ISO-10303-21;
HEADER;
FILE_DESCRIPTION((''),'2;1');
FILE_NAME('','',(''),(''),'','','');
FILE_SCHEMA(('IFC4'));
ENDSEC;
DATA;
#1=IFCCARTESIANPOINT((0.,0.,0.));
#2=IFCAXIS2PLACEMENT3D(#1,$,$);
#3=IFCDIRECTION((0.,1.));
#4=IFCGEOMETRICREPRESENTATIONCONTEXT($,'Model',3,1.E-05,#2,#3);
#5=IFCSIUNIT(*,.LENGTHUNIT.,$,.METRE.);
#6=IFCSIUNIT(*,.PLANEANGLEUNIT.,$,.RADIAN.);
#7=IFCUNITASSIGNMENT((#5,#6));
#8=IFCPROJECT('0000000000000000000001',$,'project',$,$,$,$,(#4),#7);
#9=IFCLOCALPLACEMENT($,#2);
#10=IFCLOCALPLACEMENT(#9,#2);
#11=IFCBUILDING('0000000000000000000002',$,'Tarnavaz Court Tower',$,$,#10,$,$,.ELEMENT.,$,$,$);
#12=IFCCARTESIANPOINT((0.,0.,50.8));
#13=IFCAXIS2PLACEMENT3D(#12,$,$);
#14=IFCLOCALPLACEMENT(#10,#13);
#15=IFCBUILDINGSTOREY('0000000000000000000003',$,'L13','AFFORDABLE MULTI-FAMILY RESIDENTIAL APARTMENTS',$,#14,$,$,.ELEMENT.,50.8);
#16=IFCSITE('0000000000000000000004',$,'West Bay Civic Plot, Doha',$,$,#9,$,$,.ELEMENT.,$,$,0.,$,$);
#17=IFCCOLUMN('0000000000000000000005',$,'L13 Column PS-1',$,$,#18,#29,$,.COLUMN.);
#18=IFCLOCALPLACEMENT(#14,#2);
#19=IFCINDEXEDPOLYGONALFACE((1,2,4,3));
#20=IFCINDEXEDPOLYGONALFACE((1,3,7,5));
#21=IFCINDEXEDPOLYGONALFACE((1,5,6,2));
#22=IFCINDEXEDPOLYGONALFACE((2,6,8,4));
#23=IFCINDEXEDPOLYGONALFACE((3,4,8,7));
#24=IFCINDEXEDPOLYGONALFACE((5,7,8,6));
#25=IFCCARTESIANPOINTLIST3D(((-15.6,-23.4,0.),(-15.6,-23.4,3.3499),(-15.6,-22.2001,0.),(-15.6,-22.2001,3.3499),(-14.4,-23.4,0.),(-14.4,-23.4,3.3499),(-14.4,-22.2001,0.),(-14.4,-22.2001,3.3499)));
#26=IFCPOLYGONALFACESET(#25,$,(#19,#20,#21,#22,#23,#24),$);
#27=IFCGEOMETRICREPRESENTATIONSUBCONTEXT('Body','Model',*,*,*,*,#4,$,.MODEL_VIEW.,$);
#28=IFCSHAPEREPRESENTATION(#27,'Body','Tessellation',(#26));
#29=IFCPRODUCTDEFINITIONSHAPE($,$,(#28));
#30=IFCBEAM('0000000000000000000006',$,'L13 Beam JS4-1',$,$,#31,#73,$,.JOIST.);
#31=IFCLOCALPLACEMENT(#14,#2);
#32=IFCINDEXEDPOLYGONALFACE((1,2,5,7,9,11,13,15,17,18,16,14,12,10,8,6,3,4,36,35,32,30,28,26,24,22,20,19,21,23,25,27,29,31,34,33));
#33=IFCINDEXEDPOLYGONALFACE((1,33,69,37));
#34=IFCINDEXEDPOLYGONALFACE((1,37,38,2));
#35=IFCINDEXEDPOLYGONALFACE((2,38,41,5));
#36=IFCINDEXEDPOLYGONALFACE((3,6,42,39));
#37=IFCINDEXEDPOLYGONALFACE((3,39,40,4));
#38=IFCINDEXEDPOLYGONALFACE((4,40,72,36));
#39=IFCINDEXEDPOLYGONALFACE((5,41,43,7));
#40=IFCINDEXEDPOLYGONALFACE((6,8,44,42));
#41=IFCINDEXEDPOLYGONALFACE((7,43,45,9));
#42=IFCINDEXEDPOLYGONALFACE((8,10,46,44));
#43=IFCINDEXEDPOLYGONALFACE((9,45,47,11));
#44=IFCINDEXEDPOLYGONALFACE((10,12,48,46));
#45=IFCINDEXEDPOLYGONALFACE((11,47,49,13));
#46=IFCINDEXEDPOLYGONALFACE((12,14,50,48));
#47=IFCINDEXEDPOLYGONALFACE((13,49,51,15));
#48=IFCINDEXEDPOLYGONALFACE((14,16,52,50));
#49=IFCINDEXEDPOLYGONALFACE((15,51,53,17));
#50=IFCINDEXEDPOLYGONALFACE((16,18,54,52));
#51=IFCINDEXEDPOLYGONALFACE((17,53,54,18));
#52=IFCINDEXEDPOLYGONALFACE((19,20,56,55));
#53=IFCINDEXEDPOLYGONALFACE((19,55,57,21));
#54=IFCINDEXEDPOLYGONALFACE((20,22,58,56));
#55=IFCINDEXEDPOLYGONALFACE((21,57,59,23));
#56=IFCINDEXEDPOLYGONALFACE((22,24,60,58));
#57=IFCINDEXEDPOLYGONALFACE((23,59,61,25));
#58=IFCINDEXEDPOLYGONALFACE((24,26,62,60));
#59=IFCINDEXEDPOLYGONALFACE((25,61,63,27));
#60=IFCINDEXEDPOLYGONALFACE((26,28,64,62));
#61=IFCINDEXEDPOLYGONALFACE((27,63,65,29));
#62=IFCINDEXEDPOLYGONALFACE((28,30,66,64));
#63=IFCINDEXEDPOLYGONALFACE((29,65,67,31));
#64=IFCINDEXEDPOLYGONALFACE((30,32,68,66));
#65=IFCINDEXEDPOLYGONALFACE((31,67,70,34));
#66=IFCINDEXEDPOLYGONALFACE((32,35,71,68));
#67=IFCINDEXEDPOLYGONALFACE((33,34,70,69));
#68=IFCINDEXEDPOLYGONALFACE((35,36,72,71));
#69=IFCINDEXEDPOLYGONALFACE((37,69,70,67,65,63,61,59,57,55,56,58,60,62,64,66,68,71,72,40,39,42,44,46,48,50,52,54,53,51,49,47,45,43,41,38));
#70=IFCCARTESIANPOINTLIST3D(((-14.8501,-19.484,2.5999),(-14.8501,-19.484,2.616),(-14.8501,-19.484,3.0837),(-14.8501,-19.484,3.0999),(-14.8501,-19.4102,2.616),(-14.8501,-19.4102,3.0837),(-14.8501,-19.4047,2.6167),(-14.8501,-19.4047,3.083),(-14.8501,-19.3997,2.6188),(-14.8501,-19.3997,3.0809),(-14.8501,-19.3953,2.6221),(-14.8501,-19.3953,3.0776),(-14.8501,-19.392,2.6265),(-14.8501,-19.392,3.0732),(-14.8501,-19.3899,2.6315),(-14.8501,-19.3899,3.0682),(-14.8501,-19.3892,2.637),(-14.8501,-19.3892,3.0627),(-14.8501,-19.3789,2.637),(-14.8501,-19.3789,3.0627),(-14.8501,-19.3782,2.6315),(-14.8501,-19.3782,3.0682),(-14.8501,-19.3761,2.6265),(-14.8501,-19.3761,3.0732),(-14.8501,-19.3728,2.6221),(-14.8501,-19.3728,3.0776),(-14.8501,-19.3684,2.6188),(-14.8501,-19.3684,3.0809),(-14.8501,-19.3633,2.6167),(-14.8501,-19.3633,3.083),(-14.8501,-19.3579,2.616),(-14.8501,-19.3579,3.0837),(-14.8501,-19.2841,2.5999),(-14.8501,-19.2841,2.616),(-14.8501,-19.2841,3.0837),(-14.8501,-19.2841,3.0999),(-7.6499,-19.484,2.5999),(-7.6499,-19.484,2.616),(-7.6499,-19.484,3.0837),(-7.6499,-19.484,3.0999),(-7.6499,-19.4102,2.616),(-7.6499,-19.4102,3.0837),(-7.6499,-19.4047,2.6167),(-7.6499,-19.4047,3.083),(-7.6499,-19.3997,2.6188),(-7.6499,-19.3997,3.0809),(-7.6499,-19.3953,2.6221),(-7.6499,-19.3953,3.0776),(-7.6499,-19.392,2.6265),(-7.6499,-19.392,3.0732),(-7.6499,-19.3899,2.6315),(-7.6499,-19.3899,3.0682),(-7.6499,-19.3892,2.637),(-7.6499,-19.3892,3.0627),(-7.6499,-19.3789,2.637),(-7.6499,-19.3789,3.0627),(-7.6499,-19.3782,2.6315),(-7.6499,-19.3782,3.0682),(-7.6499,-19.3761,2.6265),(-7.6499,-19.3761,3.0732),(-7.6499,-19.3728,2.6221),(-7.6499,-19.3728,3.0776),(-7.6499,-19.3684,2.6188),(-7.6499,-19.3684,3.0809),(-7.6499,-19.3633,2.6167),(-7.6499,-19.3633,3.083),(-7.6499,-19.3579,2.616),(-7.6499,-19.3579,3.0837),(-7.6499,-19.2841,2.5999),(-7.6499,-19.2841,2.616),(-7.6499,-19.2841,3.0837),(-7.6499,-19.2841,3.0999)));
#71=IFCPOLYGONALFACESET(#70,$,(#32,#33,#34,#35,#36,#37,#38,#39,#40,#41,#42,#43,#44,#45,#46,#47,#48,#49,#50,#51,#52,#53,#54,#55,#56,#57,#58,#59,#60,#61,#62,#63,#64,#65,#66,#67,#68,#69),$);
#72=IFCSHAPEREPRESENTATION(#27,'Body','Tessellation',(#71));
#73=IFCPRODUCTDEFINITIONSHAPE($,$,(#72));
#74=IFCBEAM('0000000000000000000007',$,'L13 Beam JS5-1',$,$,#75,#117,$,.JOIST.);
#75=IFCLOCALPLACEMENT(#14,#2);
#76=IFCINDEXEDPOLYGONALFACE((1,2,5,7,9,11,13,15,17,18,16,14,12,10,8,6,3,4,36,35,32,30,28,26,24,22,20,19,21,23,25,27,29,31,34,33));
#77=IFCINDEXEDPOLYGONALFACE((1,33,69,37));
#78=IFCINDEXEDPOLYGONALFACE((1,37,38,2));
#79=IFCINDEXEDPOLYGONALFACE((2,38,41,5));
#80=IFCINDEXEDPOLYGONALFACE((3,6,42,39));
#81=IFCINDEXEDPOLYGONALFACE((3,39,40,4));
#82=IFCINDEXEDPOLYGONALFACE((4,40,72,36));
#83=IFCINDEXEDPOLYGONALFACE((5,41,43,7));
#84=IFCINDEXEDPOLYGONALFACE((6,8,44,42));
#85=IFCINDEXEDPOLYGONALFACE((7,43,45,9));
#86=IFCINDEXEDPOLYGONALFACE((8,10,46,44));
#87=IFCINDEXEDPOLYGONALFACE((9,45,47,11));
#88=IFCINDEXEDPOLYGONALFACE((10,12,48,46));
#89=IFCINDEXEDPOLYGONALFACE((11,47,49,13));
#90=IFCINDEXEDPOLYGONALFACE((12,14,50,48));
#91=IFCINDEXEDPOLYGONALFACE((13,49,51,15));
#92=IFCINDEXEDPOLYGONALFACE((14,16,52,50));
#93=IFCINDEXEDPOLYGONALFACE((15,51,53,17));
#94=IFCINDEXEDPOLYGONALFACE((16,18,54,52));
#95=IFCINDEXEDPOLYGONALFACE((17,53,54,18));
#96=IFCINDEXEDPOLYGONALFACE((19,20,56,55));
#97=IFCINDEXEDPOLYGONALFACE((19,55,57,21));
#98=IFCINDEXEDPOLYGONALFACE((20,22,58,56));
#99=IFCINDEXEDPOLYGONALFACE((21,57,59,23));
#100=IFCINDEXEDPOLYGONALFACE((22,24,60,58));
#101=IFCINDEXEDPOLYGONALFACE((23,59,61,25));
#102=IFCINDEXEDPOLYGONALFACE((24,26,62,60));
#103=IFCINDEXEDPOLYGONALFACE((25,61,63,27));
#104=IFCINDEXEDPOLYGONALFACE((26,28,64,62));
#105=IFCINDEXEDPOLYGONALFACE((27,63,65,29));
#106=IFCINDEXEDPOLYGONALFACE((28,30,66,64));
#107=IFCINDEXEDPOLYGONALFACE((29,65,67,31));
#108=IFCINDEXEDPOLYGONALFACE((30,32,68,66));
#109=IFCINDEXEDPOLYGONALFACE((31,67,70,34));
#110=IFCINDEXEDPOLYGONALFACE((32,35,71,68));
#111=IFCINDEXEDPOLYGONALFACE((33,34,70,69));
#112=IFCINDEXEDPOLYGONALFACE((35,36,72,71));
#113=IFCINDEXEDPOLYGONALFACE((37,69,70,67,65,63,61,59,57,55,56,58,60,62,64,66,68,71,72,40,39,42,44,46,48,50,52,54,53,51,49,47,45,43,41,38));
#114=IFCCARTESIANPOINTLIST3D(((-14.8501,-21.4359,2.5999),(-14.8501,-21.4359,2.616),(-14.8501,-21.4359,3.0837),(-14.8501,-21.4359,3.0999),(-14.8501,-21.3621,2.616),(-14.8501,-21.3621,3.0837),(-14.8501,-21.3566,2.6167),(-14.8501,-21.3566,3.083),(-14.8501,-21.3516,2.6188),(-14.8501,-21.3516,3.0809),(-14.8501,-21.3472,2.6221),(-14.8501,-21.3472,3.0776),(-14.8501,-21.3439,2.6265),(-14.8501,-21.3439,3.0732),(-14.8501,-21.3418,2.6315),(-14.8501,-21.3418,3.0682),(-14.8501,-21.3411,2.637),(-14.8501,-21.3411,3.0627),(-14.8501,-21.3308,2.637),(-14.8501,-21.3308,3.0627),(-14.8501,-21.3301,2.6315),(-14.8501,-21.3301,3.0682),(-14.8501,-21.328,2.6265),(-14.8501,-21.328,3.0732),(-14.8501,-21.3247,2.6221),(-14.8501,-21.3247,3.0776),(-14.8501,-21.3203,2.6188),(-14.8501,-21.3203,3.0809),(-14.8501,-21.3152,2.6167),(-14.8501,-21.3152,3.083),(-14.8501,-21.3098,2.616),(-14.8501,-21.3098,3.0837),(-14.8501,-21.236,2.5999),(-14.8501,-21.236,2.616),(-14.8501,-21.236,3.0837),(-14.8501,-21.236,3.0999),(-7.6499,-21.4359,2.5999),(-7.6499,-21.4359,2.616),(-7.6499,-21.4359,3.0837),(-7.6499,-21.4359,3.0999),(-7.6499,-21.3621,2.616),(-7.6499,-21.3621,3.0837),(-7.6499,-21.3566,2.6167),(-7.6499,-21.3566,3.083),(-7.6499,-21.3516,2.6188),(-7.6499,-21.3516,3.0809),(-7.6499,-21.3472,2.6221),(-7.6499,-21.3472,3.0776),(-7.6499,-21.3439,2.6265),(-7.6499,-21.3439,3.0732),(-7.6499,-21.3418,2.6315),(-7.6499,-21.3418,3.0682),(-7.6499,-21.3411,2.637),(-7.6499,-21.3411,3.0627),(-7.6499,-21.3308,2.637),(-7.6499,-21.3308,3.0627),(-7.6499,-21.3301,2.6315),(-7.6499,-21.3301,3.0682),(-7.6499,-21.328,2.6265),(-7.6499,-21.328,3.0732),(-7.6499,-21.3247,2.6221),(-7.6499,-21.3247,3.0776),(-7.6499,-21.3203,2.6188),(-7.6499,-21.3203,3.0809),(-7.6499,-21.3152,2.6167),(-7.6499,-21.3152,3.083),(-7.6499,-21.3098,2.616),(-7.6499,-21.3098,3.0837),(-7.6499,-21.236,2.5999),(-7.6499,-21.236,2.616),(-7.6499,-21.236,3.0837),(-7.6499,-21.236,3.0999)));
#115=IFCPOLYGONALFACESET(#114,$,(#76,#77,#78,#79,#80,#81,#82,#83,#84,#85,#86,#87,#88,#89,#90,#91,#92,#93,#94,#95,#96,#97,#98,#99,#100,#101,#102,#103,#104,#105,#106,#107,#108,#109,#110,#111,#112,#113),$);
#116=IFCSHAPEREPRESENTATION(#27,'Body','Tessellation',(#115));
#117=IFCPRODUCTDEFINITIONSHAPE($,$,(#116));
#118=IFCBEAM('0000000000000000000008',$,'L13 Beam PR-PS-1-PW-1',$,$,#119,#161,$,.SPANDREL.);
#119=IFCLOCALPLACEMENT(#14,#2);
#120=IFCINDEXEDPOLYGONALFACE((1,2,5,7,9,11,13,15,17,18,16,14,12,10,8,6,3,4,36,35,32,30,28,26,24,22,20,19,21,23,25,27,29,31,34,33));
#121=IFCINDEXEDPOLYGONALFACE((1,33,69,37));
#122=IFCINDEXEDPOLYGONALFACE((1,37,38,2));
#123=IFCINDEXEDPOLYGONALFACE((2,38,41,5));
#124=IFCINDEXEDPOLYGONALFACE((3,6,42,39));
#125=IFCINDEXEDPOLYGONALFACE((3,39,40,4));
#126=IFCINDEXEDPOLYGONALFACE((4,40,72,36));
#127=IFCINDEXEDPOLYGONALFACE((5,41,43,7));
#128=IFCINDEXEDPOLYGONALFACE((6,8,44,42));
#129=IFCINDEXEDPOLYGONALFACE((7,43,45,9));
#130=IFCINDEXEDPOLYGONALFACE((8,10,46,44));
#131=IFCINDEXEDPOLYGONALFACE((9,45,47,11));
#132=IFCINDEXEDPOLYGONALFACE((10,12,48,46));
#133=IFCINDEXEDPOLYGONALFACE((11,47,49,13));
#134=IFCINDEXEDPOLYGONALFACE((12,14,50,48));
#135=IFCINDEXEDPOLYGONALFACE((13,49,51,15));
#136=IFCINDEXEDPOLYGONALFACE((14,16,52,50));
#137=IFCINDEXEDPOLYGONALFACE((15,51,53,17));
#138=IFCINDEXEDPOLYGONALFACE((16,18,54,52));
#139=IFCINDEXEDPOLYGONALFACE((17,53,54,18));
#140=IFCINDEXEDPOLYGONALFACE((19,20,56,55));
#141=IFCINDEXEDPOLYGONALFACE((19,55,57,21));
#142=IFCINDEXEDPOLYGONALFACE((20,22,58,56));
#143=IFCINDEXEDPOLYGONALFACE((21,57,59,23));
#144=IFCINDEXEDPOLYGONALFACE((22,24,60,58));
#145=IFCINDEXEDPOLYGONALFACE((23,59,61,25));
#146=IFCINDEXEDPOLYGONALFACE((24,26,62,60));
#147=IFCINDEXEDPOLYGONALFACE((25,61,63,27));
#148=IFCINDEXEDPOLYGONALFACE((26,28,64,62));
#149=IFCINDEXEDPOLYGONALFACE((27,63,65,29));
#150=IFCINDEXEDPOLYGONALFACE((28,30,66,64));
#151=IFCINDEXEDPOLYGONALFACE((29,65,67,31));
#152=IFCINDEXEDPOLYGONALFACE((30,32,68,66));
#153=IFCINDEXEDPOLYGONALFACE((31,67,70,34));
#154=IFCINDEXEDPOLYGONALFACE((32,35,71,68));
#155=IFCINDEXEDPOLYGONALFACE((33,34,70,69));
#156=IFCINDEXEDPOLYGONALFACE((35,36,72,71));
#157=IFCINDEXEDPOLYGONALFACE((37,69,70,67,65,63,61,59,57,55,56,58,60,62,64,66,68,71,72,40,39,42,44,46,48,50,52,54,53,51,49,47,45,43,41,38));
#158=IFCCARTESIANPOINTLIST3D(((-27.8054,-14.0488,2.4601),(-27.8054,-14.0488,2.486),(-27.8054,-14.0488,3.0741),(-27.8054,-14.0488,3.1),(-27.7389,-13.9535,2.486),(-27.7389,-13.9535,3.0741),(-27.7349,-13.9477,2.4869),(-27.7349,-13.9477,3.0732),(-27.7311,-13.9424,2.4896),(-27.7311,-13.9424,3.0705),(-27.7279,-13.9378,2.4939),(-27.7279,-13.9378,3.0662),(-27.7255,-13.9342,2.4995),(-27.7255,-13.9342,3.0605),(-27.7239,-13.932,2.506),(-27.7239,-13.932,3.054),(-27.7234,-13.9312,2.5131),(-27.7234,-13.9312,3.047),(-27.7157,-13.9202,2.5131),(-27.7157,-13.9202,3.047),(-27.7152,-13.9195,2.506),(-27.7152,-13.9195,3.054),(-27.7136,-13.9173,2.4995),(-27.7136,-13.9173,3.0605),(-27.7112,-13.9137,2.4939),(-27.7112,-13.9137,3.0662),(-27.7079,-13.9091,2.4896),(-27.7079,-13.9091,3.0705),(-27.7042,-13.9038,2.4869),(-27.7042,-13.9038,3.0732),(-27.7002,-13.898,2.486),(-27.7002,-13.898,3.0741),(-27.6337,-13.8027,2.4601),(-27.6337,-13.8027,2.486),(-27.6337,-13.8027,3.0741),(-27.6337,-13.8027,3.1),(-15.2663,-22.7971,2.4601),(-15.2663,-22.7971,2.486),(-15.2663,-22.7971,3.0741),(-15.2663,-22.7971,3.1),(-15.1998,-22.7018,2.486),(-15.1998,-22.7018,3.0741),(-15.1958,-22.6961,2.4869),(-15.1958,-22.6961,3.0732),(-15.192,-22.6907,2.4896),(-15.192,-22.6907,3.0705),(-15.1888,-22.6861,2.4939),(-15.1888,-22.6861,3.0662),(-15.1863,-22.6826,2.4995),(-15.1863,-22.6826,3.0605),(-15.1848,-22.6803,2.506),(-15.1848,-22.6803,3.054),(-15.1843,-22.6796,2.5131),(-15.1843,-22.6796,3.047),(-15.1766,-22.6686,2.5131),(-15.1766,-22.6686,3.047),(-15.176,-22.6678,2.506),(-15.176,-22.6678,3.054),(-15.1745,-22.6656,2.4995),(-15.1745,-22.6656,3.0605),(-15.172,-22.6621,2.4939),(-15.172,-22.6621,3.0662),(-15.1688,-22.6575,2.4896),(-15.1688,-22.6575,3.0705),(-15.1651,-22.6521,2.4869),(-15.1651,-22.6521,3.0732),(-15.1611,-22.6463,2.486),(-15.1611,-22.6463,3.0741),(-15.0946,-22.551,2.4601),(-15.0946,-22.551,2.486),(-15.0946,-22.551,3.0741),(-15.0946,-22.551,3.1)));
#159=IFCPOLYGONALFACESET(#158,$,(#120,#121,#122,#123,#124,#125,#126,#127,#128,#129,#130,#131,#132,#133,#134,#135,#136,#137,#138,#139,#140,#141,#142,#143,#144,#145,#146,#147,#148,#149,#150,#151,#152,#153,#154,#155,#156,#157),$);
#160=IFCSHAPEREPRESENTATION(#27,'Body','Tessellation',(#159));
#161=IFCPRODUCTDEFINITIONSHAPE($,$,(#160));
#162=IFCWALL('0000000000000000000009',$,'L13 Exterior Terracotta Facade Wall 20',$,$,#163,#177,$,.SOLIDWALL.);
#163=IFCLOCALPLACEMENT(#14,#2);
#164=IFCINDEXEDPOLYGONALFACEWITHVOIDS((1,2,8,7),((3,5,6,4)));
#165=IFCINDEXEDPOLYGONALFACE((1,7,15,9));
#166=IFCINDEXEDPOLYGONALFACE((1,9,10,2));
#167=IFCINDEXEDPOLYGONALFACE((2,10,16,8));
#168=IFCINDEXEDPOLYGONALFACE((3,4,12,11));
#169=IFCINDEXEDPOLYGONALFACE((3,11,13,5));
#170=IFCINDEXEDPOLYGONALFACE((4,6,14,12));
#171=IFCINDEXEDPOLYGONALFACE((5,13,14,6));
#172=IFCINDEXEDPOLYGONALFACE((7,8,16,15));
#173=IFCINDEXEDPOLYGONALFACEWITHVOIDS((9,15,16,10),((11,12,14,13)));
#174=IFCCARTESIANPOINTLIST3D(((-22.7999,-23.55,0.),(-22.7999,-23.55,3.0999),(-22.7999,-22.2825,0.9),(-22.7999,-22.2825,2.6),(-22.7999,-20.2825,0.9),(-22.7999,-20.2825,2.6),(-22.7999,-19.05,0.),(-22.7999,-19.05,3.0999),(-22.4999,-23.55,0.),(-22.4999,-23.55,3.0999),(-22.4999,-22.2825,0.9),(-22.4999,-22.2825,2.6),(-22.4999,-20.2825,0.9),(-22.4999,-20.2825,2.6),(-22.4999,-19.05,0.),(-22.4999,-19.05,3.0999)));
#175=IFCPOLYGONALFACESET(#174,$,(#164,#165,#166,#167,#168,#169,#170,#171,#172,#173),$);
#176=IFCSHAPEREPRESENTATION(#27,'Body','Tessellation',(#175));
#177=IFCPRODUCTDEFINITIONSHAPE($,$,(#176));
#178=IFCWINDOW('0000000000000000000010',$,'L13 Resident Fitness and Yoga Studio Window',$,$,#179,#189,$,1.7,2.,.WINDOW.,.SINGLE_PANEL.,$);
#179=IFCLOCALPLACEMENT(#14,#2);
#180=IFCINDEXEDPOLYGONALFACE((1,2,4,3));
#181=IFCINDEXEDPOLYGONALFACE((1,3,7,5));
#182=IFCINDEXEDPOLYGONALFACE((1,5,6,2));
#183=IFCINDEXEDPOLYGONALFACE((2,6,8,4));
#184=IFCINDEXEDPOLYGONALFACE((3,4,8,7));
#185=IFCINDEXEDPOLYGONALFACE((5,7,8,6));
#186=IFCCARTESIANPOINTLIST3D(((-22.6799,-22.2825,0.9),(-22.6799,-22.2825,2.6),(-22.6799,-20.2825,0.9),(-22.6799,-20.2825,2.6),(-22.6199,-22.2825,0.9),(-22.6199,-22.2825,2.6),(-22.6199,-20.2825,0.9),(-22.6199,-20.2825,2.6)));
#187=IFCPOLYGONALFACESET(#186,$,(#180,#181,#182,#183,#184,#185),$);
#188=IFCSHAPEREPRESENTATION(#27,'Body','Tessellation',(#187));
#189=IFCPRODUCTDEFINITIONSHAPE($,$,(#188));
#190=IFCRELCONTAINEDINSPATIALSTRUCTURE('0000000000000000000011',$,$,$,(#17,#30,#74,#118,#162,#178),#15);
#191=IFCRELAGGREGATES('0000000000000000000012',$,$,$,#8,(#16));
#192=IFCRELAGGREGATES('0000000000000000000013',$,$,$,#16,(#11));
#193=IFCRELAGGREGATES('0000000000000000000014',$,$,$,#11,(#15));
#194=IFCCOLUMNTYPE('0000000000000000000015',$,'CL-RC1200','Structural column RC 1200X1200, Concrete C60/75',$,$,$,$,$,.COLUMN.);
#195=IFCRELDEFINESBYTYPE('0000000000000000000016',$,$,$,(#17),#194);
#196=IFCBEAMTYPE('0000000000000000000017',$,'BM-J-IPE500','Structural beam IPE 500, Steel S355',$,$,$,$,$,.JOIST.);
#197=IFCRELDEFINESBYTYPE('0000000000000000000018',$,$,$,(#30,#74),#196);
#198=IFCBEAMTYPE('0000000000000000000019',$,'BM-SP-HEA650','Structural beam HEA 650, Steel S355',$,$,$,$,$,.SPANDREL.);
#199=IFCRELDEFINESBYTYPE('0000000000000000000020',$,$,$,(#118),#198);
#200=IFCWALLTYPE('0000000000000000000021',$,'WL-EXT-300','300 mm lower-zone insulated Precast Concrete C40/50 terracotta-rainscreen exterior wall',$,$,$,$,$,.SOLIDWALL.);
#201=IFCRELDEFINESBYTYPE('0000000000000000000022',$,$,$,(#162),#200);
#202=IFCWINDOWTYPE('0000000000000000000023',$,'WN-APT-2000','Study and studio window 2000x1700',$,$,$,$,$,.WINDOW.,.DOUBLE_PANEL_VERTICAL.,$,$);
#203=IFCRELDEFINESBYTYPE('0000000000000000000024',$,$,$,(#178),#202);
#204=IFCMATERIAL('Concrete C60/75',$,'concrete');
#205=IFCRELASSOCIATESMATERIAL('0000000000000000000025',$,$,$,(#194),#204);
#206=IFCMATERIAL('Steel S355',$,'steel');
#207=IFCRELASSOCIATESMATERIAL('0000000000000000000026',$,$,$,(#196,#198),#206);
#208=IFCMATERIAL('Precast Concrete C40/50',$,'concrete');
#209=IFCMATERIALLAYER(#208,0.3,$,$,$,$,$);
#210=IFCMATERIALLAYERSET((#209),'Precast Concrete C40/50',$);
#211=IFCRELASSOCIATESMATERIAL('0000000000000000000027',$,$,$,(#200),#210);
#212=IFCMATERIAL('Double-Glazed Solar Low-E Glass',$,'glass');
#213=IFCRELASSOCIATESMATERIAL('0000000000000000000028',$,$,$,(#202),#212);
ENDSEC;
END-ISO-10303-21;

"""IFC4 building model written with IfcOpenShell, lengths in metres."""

from ifc_helpers import new_model, si_unit, direction, frame, frame_2d, origin, origin_2d, place, context, subcontext, project, spatial, rectangle, i_section, extrude, material, layer, layer_set, material_profile, profile_set, type_object, element, fill, save


model = new_model("IFC4")

# Units and contexts
model_context = context("Model", 3, precision=1e-05, world=origin(), true_north=direction((0.0, 1.0)))
body_context = subcontext(model_context, "Body", "Model", "MODEL_VIEW")
ifc_project = project(units=[si_unit("LENGTHUNIT", "METRE"), si_unit("PLANEANGLEUNIT", "RADIAN")], contexts=[model_context])

# Site, building, storey
site_placement = place(None, origin())
site = spatial("IfcSite", under=ifc_project, at=site_placement, Name="West Bay Civic Plot, Doha", CompositionType="ELEMENT", RefElevation=0.0)
building_placement = place(site_placement, origin())
building = spatial("IfcBuilding", under=site, at=building_placement, Name="Tarnavaz Court Tower", CompositionType="ELEMENT")
storey_placement = place(building_placement, frame((0.0, 0.0, 50.8)))
storey = spatial("IfcBuildingStorey", under=building, at=storey_placement, Name="L13", Description="AFFORDABLE MULTI-FAMILY RESIDENTIAL APARTMENTS", CompositionType="ELEMENT", Elevation=50.8)

# Column
ifc_material_1 = material(Name="Concrete C60/75", Category="concrete")
ifc_material_profile_1 = material_profile(ifc_material_1, rectangle(XDim=1.2, YDim=1.2, at=origin_2d()), Name="RC 1200X1200")
ifc_profile_set_1 = profile_set([ifc_material_profile_1], Name="Concrete C60/75")
column_type = type_object("IfcColumnType", Name="CL-RC1200", Description="Structural column RC 1200X1200, Concrete C60/75", PredefinedType="COLUMN", material=ifc_profile_set_1)
column_placement = place(storey_placement, frame((-15.0, -22.8, 0.0), z_axis=(0.0, 0.0, 1.0), x_axis=(1.0, 0.0, 0.0)))
element("IfcColumn", 1, at=column_placement, inside=storey, type_object=column_type, Name="L13 Column PS-1", PredefinedType="COLUMN", context=body_context, shape_type="SweptSolid", body=[
    extrude(rectangle(XDim=1.2, YDim=1.2, at=origin_2d()), origin(), (0.0, 0.0, 1.0), 3.3499),
])

# Beams
ifc_material_2 = material(Name="Steel S355", Category="steel")
ifc_material_profile_2 = material_profile(ifc_material_2, i_section(OverallWidth=0.2, OverallDepth=0.5, WebThickness=0.0103, FlangeThickness=0.0161, FilletRadius=0.021, at=origin_2d()), Name="IPE 500")
ifc_profile_set_2 = profile_set([ifc_material_profile_2], Name="Steel S355")
beam_type_1 = type_object("IfcBeamType", Name="BM-J-IPE500", Description="Structural beam IPE 500, Steel S355", PredefinedType="JOIST", material=ifc_profile_set_2)
for number, where, z_axis, x_axis, name in (
    (2, (-14.8501, -19.384, 2.8499), (1.0, 0.0, 0.0), (0.0, 1.0, 0.0), "L13 Beam JS4-1"),
    (3, (-14.8501, -21.3359, 2.8499), (1.0, 0.0, 0.0), (0.0, 1.0, 0.0), "L13 Beam JS5-1"),
):
    element("IfcBeam", number, at=place(storey_placement, frame(where, z_axis=z_axis, x_axis=x_axis)), inside=storey, type_object=beam_type_1, Name=name, PredefinedType="JOIST", context=body_context, shape_type="SweptSolid", body=[
        extrude(i_section(OverallWidth=0.2, OverallDepth=0.5, WebThickness=0.0103, FlangeThickness=0.0161, FilletRadius=0.021, at=origin_2d()), origin(), (0.0, 0.0, 1.0), 7.2002),
    ])
ifc_material_profile_3 = material_profile(ifc_material_2, i_section(OverallWidth=0.3, OverallDepth=0.6399, WebThickness=0.0134, FlangeThickness=0.0259, FilletRadius=0.0271, at=origin_2d()), Name="HEA 650")
ifc_profile_set_3 = profile_set([ifc_material_profile_3], Name="Steel S355")
beam_type_2 = type_object("IfcBeamType", Name="BM-SP-HEA650", Description="Structural beam HEA 650, Steel S355", PredefinedType="SPANDREL", material=ifc_profile_set_3)
beam_placement = place(storey_placement, frame((-15.1804, -22.6741, 2.78), z_axis=(-0.820124, 0.572186, 0.0), x_axis=(-0.572186, -0.820124, 0.0)))
element("IfcBeam", 4, at=beam_placement, inside=storey, type_object=beam_type_2, Name="L13 Beam PR-PS-1-PW-1", PredefinedType="SPANDREL", context=body_context, shape_type="SweptSolid", body=[
    extrude(i_section(OverallWidth=0.3, OverallDepth=0.6399, WebThickness=0.0134, FlangeThickness=0.0259, FilletRadius=0.0271, at=origin_2d()), origin(), (0.0, 0.0, 1.0), 15.2893),
])

# Wall, opening, window
ifc_material_3 = material(Name="Precast Concrete C40/50", Category="concrete")
ifc_layer_1 = layer(ifc_material_3, 0.3)
ifc_layer_set_1 = layer_set([ifc_layer_1], Name="Precast Concrete C40/50")
wall_type_1 = type_object("IfcWallType", Name="WL-EXT-300", Description="300 mm lower-zone insulated Precast Concrete C40/50 terracotta-rainscreen exterior wall", PredefinedType="SOLIDWALL", material=ifc_layer_set_1)
wall_1_placement = place(storey_placement, frame((-22.6499, -23.55, 0.0), z_axis=(0.0, 0.0, 1.0), x_axis=(0.0, 1.0, 0.0)))
wall_1 = element("IfcWall", 5, at=wall_1_placement, inside=storey, type_object=wall_type_1, Name="L13 Exterior Terracotta Facade Wall 20", PredefinedType="SOLIDWALL", context=body_context, shape_type="SweptSolid", body=[
    extrude(rectangle(XDim=4.5, YDim=0.3, at=frame_2d((2.25, 0.0))), origin(), (0.0, 0.0, 1.0), 3.0999),
])
opening_placement = place(wall_1_placement, frame((1.2676, 0.0, 0.8999)))
opening = element("IfcOpeningElement", 6, at=opening_placement, cuts=wall_1, PredefinedType="OPENING", context=body_context, shape_type="SweptSolid", body=[
    extrude(rectangle(XDim=2.0, YDim=1.7, at=frame_2d((1.0, 0.8501))), frame((0.0, 0.1599, 0.0), z_axis=(0.0, -1.0, 0.0), x_axis=(1.0, 0.0, 0.0)), (0.0, 0.0, 1.0), 0.3201),
])
ifc_material_4 = material(Name="Double-Glazed Solar Low-E Glass", Category="glass")
window_type = type_object("IfcWindowType", Name="WN-APT-2000", Description="Study and studio window 2000x1700", PartitioningType="DOUBLE_PANEL_VERTICAL", PredefinedType="WINDOW", material=ifc_material_4)
window_placement = place(opening_placement, origin())
window = element("IfcWindow", 7, at=window_placement, inside=storey, type_object=window_type, Name="L13 Resident Fitness and Yoga Studio Window", OverallHeight=1.7, OverallWidth=2.0, PartitioningType="SINGLE_PANEL", PredefinedType="WINDOW", context=body_context, shape_type="SweptSolid", body=[
    extrude(rectangle(XDim=2.0, YDim=1.7, at=frame_2d((1.0, 0.8501))), frame((0.0, 0.03, 0.0), z_axis=(0.0, -1.0, 0.0), x_axis=(1.0, 0.0, 0.0)), (0.0, 0.0, 1.0), 0.0601),
])
fill(opening, window)

save(model, "model.ifc")
